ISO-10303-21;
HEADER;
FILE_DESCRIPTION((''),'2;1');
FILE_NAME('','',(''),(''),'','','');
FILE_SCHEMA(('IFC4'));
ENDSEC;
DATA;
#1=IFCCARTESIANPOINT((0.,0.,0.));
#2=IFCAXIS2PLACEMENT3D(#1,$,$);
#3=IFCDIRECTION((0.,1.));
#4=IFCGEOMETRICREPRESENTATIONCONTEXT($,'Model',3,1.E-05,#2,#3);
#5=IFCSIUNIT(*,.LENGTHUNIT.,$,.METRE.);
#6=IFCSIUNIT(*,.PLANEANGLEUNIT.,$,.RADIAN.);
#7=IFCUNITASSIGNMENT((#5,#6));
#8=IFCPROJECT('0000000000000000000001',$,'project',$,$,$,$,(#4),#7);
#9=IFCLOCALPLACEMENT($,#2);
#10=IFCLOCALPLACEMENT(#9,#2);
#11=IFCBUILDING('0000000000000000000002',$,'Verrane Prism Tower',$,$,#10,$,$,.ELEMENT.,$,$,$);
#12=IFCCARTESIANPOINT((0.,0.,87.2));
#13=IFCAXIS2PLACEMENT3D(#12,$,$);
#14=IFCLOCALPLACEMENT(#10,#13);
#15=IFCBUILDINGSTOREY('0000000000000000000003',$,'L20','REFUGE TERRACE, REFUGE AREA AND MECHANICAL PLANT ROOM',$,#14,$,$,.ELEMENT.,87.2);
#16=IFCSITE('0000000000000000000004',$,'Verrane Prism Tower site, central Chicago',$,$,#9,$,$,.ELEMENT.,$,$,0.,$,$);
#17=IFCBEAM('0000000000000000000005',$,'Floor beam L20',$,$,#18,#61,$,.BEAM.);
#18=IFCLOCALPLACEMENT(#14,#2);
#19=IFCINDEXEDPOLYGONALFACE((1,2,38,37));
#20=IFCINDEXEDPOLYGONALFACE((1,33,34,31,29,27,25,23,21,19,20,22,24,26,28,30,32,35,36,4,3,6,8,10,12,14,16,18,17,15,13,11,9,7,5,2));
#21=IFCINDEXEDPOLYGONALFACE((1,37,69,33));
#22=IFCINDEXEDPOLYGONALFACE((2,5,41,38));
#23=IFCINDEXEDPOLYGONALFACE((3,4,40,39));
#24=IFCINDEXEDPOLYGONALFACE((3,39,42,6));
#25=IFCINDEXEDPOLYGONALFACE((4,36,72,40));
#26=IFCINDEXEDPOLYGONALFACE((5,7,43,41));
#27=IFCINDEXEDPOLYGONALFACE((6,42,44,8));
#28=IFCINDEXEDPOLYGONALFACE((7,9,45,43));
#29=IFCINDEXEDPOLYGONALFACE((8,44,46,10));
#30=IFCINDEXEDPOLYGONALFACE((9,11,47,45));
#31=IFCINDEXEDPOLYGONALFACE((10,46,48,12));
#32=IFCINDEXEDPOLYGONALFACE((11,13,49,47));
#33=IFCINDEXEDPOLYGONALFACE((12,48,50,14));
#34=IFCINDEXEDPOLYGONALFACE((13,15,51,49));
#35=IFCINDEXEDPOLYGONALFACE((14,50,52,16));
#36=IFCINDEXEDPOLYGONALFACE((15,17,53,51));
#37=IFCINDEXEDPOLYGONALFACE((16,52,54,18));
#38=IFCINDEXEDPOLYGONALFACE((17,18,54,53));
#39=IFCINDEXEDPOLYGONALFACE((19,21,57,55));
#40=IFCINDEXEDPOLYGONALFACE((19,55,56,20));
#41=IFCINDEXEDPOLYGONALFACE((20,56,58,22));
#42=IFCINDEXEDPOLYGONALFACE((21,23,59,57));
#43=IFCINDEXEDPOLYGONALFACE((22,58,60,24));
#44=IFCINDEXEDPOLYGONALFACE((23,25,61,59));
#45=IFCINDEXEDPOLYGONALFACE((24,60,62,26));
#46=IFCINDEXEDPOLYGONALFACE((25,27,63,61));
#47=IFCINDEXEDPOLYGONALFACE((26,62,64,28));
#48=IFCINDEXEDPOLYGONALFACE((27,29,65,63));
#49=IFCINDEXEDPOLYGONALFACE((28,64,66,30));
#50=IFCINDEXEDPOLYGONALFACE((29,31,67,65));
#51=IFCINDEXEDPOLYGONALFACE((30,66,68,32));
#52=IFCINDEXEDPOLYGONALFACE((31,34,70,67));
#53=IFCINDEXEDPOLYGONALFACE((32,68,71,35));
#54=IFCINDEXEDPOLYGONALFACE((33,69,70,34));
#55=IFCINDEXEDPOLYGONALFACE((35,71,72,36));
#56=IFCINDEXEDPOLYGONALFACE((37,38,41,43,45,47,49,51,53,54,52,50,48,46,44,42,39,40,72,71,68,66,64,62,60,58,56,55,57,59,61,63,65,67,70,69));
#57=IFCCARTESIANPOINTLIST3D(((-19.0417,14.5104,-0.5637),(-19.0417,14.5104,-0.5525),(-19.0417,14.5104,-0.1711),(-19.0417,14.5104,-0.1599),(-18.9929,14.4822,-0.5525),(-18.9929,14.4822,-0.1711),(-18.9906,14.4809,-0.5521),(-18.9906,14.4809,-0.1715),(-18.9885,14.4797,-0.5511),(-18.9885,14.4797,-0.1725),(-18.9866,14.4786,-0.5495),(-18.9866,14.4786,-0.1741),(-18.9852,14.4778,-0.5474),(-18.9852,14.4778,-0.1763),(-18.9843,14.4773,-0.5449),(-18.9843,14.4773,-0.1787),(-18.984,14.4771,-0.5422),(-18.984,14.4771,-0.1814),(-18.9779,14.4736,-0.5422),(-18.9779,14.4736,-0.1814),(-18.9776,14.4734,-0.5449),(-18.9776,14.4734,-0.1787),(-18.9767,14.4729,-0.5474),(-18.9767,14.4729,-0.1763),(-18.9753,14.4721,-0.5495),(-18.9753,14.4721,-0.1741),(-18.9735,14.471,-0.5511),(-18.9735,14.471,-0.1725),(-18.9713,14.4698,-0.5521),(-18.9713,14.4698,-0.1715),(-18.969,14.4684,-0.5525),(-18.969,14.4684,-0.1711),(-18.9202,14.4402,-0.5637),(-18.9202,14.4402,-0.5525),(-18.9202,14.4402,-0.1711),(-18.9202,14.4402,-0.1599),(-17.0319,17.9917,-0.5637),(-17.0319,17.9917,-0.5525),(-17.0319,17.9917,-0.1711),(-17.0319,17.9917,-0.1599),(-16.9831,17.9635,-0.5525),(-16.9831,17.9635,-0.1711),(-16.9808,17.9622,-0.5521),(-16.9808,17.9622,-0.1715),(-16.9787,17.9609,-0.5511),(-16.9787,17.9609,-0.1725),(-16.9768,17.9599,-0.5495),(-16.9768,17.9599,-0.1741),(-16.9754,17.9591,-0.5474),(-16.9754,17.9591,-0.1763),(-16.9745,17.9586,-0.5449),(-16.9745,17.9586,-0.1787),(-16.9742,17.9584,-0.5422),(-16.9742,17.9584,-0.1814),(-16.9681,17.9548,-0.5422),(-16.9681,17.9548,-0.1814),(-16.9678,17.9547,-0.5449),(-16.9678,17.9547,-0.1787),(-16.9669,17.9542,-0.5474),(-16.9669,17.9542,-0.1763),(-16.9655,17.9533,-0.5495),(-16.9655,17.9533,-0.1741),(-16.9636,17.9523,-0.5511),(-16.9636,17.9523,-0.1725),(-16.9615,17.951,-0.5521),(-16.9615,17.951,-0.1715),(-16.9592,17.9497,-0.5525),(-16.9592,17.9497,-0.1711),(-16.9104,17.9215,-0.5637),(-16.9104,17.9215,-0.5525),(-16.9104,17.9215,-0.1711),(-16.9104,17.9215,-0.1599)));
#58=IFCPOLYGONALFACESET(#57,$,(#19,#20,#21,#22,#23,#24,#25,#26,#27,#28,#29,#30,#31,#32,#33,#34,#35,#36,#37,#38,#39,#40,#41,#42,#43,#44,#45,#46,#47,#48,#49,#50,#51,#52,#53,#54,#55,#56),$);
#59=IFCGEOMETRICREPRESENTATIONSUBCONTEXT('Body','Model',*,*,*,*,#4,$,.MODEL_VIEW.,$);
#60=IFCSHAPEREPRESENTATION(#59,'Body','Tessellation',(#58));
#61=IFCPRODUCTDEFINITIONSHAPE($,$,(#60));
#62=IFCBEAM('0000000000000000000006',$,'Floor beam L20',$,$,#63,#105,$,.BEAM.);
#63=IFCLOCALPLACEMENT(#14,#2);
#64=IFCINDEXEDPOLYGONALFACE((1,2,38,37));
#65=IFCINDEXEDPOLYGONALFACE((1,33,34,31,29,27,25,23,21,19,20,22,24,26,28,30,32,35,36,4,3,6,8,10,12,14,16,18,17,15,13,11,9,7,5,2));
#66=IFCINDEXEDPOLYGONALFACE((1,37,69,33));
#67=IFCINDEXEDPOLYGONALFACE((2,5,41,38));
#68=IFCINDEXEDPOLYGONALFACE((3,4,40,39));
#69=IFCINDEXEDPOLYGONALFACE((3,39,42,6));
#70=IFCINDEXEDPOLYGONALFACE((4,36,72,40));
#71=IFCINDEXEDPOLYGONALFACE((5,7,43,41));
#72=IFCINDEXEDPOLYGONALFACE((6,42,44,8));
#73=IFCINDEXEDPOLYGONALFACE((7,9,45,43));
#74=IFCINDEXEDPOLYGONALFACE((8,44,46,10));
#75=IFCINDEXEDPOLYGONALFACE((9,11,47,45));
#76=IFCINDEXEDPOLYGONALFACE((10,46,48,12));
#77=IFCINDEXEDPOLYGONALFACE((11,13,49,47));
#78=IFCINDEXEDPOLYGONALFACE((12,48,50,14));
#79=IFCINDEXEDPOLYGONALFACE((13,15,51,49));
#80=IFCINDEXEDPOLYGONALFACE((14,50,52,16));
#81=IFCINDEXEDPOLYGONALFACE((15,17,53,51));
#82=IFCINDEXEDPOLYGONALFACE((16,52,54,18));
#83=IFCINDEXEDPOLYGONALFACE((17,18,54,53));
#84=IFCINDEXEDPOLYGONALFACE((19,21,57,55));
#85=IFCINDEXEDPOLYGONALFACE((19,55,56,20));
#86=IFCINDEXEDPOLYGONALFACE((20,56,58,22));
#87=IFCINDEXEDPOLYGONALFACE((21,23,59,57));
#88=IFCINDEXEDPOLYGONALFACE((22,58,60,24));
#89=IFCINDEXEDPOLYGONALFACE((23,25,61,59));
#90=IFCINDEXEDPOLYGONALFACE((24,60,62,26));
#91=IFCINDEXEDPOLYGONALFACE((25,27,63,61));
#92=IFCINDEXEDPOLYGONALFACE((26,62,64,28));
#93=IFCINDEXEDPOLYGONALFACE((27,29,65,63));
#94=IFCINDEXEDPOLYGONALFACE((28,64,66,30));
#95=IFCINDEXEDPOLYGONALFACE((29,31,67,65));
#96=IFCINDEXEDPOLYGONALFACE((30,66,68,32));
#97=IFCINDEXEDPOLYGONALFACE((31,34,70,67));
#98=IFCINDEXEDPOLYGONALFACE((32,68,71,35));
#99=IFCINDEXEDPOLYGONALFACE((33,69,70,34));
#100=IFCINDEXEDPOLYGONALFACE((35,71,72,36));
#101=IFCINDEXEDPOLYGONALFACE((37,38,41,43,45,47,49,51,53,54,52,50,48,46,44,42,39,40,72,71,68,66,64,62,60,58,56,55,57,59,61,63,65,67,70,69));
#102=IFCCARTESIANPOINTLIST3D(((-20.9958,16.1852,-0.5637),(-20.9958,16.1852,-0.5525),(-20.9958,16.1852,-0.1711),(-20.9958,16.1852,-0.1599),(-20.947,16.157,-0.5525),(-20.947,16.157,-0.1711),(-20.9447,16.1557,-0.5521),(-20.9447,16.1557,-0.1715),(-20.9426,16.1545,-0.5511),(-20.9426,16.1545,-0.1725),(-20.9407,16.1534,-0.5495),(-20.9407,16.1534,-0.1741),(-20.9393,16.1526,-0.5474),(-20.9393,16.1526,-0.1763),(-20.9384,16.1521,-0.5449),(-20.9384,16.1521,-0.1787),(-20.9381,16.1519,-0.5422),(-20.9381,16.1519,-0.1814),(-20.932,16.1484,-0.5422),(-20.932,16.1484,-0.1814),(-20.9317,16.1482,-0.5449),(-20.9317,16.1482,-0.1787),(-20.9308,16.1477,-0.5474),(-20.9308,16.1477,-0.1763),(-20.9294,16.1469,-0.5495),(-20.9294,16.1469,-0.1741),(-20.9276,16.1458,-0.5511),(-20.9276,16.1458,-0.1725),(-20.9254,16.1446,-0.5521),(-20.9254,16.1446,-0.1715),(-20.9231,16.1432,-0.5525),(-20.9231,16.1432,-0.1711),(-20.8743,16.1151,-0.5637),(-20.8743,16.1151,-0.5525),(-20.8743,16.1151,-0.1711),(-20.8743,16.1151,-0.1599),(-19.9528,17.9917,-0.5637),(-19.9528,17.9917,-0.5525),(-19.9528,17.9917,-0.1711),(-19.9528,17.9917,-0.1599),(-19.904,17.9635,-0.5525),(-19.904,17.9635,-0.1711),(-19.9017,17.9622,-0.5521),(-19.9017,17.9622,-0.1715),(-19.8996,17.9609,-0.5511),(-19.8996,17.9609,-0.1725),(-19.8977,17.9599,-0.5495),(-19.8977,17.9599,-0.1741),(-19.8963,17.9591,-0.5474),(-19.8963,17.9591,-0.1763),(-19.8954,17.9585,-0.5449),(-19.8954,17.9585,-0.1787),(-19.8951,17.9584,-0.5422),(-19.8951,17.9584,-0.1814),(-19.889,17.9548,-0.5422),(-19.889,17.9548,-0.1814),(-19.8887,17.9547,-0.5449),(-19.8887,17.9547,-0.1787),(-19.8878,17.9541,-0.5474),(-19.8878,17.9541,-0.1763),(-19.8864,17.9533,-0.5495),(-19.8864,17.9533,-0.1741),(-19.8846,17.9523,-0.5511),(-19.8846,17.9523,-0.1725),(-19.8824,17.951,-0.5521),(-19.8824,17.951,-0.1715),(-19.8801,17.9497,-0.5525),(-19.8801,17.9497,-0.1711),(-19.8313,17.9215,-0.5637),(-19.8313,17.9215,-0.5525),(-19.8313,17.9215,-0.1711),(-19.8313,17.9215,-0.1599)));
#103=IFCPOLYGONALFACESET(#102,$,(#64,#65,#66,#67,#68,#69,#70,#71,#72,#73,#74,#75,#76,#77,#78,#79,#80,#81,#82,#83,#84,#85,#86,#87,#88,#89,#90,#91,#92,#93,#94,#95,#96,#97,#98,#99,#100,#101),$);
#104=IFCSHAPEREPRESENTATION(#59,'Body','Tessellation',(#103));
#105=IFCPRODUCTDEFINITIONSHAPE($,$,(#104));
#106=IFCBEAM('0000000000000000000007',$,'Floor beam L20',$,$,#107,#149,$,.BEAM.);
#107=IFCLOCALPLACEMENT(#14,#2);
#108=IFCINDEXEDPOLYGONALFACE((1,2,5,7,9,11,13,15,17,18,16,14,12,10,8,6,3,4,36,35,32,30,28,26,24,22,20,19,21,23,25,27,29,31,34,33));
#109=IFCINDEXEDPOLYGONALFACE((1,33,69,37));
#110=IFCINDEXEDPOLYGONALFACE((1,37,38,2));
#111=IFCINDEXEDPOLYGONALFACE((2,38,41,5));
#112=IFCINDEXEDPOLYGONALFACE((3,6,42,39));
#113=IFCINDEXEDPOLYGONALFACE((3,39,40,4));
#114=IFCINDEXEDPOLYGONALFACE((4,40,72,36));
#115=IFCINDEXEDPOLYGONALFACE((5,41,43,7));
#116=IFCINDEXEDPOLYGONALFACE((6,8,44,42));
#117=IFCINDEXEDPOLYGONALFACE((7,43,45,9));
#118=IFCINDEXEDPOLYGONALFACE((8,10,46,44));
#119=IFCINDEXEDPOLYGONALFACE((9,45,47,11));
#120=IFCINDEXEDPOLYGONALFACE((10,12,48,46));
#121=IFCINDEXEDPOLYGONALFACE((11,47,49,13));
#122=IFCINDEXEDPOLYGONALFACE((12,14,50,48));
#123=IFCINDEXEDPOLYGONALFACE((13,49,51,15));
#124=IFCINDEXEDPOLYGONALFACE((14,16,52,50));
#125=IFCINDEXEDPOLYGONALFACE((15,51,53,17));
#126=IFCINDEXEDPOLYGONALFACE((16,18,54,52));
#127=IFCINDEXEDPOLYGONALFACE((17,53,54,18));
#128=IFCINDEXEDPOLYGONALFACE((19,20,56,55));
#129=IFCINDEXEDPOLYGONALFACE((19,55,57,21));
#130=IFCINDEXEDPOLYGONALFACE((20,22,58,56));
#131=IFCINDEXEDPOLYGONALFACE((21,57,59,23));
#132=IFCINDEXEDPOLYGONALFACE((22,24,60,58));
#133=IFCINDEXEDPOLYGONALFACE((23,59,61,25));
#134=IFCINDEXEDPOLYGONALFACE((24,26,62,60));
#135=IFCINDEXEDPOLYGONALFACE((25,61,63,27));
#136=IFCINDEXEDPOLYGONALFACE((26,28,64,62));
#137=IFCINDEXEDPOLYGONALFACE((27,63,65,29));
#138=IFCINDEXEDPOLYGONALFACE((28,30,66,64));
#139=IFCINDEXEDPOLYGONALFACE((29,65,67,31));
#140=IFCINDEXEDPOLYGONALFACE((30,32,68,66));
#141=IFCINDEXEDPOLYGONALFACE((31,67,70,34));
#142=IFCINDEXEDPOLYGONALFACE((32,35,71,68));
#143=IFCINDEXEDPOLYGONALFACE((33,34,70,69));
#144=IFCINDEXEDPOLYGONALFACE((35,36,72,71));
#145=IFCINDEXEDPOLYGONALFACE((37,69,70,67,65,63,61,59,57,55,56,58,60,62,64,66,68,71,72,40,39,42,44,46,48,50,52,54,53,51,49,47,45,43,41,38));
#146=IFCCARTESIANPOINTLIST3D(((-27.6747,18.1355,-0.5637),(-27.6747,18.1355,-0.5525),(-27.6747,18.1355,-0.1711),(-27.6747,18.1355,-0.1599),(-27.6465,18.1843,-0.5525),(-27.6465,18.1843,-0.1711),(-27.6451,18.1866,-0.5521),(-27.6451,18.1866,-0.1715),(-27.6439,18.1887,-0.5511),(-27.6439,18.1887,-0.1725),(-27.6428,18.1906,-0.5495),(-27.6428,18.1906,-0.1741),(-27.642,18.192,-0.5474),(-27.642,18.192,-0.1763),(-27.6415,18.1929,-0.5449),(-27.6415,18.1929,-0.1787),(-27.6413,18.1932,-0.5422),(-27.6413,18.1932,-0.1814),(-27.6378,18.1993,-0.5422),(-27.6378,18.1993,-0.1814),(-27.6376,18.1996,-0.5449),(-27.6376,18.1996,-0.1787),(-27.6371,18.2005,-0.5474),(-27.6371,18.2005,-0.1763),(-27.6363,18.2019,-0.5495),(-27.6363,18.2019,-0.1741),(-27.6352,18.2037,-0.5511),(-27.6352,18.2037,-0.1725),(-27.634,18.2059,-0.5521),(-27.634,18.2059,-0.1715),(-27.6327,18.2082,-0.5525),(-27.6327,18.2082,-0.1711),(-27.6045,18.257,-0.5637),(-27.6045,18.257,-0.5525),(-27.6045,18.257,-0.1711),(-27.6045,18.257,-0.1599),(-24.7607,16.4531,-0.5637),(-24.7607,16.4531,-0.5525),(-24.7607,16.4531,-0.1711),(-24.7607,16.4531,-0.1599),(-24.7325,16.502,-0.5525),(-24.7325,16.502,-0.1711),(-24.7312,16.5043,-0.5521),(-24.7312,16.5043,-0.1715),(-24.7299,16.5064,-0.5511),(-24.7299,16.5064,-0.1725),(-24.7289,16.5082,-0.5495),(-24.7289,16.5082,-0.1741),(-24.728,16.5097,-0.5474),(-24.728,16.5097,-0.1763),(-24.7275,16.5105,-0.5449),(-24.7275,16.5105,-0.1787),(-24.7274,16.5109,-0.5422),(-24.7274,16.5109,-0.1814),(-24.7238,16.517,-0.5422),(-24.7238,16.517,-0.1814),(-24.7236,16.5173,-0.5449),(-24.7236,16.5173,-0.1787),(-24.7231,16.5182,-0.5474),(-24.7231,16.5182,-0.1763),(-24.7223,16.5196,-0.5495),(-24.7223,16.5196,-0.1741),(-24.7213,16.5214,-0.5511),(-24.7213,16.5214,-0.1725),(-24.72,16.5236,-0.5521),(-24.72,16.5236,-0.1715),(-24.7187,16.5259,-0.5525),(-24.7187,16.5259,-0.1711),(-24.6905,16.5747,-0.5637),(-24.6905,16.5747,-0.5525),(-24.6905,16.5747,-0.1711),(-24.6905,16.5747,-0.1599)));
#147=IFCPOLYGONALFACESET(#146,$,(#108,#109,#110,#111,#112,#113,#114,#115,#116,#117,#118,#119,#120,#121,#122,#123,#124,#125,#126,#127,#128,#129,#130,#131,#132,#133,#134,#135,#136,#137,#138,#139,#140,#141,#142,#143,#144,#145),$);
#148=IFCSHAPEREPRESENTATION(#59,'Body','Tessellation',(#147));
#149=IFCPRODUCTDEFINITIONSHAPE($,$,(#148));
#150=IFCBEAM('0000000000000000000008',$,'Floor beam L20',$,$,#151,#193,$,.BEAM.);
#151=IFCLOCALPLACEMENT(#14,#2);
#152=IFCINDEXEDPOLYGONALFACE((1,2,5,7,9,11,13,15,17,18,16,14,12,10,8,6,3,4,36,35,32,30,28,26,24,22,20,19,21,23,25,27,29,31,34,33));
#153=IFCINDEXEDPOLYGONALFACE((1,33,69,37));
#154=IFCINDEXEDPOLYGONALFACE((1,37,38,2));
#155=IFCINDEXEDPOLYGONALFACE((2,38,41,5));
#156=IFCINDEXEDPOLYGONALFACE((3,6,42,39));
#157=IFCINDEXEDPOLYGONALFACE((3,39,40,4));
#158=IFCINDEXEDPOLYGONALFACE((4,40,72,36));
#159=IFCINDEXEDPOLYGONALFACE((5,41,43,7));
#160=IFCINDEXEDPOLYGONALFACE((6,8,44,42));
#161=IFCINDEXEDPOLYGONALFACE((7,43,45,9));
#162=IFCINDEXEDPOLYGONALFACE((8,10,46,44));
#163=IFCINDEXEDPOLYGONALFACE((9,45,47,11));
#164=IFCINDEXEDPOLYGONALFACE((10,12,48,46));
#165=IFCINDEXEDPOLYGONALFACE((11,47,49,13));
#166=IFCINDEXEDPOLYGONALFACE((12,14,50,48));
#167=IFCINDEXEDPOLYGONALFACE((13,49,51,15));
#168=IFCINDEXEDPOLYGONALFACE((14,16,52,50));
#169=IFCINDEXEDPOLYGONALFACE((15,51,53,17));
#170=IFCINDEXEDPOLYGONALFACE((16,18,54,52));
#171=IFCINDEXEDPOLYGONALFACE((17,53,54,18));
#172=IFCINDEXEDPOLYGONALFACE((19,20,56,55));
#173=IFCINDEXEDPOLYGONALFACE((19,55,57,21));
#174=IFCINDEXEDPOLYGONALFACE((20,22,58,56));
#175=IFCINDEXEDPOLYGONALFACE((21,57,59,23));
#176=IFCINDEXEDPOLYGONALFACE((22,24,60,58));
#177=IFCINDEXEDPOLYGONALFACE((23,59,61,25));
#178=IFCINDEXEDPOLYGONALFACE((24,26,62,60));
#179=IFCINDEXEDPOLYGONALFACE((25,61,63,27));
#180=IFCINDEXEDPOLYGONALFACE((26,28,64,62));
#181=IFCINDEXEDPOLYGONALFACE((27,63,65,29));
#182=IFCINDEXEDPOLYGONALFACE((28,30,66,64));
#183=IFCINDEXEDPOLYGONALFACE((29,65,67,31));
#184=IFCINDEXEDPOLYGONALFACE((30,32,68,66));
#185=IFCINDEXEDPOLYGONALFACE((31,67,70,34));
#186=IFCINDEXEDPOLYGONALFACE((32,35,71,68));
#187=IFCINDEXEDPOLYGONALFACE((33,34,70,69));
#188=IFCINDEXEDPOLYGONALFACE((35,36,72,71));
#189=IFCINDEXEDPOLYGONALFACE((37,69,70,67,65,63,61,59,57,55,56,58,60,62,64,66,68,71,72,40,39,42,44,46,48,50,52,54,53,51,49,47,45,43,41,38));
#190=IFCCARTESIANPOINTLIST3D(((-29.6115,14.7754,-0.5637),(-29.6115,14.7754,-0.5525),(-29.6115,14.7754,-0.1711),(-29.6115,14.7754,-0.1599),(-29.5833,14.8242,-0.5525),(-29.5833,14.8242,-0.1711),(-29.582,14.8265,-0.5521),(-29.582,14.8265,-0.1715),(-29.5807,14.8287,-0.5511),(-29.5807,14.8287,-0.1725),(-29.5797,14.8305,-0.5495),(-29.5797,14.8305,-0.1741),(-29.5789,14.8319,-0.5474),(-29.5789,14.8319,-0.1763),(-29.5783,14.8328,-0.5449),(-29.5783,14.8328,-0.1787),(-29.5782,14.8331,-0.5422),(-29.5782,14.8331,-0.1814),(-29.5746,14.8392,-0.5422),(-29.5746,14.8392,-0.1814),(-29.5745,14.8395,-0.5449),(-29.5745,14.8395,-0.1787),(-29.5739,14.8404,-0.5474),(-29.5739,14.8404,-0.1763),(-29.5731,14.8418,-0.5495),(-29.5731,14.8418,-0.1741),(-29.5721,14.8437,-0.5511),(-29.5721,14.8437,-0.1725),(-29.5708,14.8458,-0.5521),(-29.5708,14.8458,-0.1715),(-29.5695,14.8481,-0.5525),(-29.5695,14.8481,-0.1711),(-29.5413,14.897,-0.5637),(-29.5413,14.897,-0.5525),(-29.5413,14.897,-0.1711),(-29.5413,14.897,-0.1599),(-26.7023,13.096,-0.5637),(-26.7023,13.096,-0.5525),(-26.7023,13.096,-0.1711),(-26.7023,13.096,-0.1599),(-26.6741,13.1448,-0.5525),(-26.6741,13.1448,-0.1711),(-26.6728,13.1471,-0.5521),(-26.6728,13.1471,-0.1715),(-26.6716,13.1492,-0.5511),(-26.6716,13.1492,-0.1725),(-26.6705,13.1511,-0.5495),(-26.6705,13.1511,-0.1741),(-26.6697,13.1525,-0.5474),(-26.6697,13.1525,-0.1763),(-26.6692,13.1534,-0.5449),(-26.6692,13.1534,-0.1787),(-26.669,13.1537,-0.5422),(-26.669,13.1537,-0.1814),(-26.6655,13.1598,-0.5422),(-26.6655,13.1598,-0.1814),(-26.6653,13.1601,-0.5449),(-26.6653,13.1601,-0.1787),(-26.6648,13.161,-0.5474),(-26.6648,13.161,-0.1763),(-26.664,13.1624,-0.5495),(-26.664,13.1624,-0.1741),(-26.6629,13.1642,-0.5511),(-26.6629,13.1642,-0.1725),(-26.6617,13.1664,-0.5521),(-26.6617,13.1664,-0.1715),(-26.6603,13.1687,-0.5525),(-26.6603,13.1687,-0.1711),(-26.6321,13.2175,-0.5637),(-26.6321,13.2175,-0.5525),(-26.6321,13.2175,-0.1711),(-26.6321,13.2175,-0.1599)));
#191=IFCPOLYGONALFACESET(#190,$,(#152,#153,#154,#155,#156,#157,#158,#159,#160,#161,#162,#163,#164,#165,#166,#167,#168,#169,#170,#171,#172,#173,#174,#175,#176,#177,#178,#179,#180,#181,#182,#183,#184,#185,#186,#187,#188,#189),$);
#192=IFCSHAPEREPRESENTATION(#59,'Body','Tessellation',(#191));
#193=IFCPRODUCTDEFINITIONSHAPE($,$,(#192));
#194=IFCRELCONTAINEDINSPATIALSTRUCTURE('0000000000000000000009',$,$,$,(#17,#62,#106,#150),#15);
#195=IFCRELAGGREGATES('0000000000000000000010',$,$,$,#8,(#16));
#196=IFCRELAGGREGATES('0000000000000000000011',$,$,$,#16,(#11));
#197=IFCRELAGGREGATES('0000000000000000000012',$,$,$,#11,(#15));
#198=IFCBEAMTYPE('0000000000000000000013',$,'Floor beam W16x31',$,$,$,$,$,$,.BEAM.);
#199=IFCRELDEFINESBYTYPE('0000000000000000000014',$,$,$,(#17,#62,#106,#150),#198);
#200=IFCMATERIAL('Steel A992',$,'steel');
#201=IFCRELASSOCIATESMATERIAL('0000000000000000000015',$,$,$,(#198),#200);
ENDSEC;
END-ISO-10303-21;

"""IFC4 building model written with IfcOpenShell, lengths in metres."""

from ifc_helpers import new_model, si_unit, direction, frame, origin, origin_2d, place, context, subcontext, project, spatial, i_section, extrude, material, material_profile, profile_set, type_object, element, save


model = new_model("IFC4")

# Units and contexts
model_context = context("Model", 3, precision=1e-05, world=origin(), true_north=direction((0.0, 1.0)))
body_context = subcontext(model_context, "Body", "Model", "MODEL_VIEW")
ifc_project = project(units=[si_unit("LENGTHUNIT", "METRE"), si_unit("PLANEANGLEUNIT", "RADIAN")], contexts=[model_context])

# Site, building, storey
site_placement = place(None, origin())
site = spatial("IfcSite", under=ifc_project, at=site_placement, Name="Verrane Prism Tower site, central Chicago", CompositionType="ELEMENT", RefElevation=0.0)
building_placement = place(site_placement, origin())
building = spatial("IfcBuilding", under=site, at=building_placement, Name="Verrane Prism Tower", CompositionType="ELEMENT")
storey_placement = place(building_placement, frame((0.0, 0.0, 87.2)))
storey = spatial("IfcBuildingStorey", under=building, at=storey_placement, Name="L20", Description="REFUGE TERRACE, REFUGE AREA AND MECHANICAL PLANT ROOM", CompositionType="ELEMENT", Elevation=87.2)

# Beams
ifc_material_1 = material(Name="Steel A992", Category="steel")
ifc_material_profile_1 = material_profile(ifc_material_1, i_section(OverallWidth=0.1404, OverallDepth=0.4038, WebThickness=0.0071, FlangeThickness=0.0112, FilletRadius=0.0103, at=origin_2d()), Name="W16x31")
ifc_profile_set_1 = profile_set([ifc_material_profile_1], Name="Steel A992")
beam_type_1 = type_object("IfcBeamType", Name="Floor beam W16x31", PredefinedType="BEAM", material=ifc_profile_set_1)
beam_1_placement = place(storey_placement, frame((-18.981, 14.4753, -0.3618), z_axis=(0.49998, 0.866037, 0.0), x_axis=(-0.866037, 0.49998, 0.0)))
element("IfcBeam", 1, at=beam_1_placement, inside=storey, type_object=beam_type_1, Name="Floor beam L20", PredefinedType="BEAM", context=body_context, shape_type="SweptSolid", body=[
    extrude(i_section(OverallWidth=0.1404, OverallDepth=0.4038, WebThickness=0.0071, FlangeThickness=0.0112, FilletRadius=0.0103, at=origin_2d()), origin(), (0.0, 0.0, 1.0), 4.0198),
])
beam_2_placement = place(storey_placement, frame((-20.9351, 16.1501, -0.3618), z_axis=(0.500016, 0.866016, 0.0), x_axis=(-0.866016, 0.500016, 0.0)))
element("IfcBeam", 2, at=beam_2_placement, inside=storey, type_object=beam_type_1, Name="Floor beam L20", PredefinedType="BEAM", context=body_context, shape_type="SweptSolid", body=[
    extrude(i_section(OverallWidth=0.1404, OverallDepth=0.4038, WebThickness=0.0071, FlangeThickness=0.0112, FilletRadius=0.0103, at=origin_2d()), origin(), (0.0, 0.0, 1.0), 2.0859),
])
beam_3_placement = place(storey_placement, frame((-24.7256, 16.5139, -0.3618), z_axis=(-0.866033, 0.499986, 0.0), x_axis=(-0.499986, -0.866033, 0.0)))
element("IfcBeam", 3, at=beam_3_placement, inside=storey, type_object=beam_type_1, Name="Floor beam L20", PredefinedType="BEAM", context=body_context, shape_type="SweptSolid", body=[
    extrude(i_section(OverallWidth=0.1404, OverallDepth=0.4038, WebThickness=0.0071, FlangeThickness=0.0112, FilletRadius=0.0103, at=origin_2d()), origin(), (0.0, 0.0, 1.0), 3.3647),
])
beam_4_placement = place(storey_placement, frame((-26.6672, 13.1567, -0.3618), z_axis=(-0.866048, 0.499962, 0.0), x_axis=(-0.499962, -0.866048, 0.0)))
element("IfcBeam", 4, at=beam_4_placement, inside=storey, type_object=beam_type_1, Name="Floor beam L20", PredefinedType="BEAM", context=body_context, shape_type="SweptSolid", body=[
    extrude(i_section(OverallWidth=0.1404, OverallDepth=0.4038, WebThickness=0.0071, FlangeThickness=0.0112, FilletRadius=0.0103, at=origin_2d()), origin(), (0.0, 0.0, 1.0), 3.3591),
])

save(model, "model.ifc")
